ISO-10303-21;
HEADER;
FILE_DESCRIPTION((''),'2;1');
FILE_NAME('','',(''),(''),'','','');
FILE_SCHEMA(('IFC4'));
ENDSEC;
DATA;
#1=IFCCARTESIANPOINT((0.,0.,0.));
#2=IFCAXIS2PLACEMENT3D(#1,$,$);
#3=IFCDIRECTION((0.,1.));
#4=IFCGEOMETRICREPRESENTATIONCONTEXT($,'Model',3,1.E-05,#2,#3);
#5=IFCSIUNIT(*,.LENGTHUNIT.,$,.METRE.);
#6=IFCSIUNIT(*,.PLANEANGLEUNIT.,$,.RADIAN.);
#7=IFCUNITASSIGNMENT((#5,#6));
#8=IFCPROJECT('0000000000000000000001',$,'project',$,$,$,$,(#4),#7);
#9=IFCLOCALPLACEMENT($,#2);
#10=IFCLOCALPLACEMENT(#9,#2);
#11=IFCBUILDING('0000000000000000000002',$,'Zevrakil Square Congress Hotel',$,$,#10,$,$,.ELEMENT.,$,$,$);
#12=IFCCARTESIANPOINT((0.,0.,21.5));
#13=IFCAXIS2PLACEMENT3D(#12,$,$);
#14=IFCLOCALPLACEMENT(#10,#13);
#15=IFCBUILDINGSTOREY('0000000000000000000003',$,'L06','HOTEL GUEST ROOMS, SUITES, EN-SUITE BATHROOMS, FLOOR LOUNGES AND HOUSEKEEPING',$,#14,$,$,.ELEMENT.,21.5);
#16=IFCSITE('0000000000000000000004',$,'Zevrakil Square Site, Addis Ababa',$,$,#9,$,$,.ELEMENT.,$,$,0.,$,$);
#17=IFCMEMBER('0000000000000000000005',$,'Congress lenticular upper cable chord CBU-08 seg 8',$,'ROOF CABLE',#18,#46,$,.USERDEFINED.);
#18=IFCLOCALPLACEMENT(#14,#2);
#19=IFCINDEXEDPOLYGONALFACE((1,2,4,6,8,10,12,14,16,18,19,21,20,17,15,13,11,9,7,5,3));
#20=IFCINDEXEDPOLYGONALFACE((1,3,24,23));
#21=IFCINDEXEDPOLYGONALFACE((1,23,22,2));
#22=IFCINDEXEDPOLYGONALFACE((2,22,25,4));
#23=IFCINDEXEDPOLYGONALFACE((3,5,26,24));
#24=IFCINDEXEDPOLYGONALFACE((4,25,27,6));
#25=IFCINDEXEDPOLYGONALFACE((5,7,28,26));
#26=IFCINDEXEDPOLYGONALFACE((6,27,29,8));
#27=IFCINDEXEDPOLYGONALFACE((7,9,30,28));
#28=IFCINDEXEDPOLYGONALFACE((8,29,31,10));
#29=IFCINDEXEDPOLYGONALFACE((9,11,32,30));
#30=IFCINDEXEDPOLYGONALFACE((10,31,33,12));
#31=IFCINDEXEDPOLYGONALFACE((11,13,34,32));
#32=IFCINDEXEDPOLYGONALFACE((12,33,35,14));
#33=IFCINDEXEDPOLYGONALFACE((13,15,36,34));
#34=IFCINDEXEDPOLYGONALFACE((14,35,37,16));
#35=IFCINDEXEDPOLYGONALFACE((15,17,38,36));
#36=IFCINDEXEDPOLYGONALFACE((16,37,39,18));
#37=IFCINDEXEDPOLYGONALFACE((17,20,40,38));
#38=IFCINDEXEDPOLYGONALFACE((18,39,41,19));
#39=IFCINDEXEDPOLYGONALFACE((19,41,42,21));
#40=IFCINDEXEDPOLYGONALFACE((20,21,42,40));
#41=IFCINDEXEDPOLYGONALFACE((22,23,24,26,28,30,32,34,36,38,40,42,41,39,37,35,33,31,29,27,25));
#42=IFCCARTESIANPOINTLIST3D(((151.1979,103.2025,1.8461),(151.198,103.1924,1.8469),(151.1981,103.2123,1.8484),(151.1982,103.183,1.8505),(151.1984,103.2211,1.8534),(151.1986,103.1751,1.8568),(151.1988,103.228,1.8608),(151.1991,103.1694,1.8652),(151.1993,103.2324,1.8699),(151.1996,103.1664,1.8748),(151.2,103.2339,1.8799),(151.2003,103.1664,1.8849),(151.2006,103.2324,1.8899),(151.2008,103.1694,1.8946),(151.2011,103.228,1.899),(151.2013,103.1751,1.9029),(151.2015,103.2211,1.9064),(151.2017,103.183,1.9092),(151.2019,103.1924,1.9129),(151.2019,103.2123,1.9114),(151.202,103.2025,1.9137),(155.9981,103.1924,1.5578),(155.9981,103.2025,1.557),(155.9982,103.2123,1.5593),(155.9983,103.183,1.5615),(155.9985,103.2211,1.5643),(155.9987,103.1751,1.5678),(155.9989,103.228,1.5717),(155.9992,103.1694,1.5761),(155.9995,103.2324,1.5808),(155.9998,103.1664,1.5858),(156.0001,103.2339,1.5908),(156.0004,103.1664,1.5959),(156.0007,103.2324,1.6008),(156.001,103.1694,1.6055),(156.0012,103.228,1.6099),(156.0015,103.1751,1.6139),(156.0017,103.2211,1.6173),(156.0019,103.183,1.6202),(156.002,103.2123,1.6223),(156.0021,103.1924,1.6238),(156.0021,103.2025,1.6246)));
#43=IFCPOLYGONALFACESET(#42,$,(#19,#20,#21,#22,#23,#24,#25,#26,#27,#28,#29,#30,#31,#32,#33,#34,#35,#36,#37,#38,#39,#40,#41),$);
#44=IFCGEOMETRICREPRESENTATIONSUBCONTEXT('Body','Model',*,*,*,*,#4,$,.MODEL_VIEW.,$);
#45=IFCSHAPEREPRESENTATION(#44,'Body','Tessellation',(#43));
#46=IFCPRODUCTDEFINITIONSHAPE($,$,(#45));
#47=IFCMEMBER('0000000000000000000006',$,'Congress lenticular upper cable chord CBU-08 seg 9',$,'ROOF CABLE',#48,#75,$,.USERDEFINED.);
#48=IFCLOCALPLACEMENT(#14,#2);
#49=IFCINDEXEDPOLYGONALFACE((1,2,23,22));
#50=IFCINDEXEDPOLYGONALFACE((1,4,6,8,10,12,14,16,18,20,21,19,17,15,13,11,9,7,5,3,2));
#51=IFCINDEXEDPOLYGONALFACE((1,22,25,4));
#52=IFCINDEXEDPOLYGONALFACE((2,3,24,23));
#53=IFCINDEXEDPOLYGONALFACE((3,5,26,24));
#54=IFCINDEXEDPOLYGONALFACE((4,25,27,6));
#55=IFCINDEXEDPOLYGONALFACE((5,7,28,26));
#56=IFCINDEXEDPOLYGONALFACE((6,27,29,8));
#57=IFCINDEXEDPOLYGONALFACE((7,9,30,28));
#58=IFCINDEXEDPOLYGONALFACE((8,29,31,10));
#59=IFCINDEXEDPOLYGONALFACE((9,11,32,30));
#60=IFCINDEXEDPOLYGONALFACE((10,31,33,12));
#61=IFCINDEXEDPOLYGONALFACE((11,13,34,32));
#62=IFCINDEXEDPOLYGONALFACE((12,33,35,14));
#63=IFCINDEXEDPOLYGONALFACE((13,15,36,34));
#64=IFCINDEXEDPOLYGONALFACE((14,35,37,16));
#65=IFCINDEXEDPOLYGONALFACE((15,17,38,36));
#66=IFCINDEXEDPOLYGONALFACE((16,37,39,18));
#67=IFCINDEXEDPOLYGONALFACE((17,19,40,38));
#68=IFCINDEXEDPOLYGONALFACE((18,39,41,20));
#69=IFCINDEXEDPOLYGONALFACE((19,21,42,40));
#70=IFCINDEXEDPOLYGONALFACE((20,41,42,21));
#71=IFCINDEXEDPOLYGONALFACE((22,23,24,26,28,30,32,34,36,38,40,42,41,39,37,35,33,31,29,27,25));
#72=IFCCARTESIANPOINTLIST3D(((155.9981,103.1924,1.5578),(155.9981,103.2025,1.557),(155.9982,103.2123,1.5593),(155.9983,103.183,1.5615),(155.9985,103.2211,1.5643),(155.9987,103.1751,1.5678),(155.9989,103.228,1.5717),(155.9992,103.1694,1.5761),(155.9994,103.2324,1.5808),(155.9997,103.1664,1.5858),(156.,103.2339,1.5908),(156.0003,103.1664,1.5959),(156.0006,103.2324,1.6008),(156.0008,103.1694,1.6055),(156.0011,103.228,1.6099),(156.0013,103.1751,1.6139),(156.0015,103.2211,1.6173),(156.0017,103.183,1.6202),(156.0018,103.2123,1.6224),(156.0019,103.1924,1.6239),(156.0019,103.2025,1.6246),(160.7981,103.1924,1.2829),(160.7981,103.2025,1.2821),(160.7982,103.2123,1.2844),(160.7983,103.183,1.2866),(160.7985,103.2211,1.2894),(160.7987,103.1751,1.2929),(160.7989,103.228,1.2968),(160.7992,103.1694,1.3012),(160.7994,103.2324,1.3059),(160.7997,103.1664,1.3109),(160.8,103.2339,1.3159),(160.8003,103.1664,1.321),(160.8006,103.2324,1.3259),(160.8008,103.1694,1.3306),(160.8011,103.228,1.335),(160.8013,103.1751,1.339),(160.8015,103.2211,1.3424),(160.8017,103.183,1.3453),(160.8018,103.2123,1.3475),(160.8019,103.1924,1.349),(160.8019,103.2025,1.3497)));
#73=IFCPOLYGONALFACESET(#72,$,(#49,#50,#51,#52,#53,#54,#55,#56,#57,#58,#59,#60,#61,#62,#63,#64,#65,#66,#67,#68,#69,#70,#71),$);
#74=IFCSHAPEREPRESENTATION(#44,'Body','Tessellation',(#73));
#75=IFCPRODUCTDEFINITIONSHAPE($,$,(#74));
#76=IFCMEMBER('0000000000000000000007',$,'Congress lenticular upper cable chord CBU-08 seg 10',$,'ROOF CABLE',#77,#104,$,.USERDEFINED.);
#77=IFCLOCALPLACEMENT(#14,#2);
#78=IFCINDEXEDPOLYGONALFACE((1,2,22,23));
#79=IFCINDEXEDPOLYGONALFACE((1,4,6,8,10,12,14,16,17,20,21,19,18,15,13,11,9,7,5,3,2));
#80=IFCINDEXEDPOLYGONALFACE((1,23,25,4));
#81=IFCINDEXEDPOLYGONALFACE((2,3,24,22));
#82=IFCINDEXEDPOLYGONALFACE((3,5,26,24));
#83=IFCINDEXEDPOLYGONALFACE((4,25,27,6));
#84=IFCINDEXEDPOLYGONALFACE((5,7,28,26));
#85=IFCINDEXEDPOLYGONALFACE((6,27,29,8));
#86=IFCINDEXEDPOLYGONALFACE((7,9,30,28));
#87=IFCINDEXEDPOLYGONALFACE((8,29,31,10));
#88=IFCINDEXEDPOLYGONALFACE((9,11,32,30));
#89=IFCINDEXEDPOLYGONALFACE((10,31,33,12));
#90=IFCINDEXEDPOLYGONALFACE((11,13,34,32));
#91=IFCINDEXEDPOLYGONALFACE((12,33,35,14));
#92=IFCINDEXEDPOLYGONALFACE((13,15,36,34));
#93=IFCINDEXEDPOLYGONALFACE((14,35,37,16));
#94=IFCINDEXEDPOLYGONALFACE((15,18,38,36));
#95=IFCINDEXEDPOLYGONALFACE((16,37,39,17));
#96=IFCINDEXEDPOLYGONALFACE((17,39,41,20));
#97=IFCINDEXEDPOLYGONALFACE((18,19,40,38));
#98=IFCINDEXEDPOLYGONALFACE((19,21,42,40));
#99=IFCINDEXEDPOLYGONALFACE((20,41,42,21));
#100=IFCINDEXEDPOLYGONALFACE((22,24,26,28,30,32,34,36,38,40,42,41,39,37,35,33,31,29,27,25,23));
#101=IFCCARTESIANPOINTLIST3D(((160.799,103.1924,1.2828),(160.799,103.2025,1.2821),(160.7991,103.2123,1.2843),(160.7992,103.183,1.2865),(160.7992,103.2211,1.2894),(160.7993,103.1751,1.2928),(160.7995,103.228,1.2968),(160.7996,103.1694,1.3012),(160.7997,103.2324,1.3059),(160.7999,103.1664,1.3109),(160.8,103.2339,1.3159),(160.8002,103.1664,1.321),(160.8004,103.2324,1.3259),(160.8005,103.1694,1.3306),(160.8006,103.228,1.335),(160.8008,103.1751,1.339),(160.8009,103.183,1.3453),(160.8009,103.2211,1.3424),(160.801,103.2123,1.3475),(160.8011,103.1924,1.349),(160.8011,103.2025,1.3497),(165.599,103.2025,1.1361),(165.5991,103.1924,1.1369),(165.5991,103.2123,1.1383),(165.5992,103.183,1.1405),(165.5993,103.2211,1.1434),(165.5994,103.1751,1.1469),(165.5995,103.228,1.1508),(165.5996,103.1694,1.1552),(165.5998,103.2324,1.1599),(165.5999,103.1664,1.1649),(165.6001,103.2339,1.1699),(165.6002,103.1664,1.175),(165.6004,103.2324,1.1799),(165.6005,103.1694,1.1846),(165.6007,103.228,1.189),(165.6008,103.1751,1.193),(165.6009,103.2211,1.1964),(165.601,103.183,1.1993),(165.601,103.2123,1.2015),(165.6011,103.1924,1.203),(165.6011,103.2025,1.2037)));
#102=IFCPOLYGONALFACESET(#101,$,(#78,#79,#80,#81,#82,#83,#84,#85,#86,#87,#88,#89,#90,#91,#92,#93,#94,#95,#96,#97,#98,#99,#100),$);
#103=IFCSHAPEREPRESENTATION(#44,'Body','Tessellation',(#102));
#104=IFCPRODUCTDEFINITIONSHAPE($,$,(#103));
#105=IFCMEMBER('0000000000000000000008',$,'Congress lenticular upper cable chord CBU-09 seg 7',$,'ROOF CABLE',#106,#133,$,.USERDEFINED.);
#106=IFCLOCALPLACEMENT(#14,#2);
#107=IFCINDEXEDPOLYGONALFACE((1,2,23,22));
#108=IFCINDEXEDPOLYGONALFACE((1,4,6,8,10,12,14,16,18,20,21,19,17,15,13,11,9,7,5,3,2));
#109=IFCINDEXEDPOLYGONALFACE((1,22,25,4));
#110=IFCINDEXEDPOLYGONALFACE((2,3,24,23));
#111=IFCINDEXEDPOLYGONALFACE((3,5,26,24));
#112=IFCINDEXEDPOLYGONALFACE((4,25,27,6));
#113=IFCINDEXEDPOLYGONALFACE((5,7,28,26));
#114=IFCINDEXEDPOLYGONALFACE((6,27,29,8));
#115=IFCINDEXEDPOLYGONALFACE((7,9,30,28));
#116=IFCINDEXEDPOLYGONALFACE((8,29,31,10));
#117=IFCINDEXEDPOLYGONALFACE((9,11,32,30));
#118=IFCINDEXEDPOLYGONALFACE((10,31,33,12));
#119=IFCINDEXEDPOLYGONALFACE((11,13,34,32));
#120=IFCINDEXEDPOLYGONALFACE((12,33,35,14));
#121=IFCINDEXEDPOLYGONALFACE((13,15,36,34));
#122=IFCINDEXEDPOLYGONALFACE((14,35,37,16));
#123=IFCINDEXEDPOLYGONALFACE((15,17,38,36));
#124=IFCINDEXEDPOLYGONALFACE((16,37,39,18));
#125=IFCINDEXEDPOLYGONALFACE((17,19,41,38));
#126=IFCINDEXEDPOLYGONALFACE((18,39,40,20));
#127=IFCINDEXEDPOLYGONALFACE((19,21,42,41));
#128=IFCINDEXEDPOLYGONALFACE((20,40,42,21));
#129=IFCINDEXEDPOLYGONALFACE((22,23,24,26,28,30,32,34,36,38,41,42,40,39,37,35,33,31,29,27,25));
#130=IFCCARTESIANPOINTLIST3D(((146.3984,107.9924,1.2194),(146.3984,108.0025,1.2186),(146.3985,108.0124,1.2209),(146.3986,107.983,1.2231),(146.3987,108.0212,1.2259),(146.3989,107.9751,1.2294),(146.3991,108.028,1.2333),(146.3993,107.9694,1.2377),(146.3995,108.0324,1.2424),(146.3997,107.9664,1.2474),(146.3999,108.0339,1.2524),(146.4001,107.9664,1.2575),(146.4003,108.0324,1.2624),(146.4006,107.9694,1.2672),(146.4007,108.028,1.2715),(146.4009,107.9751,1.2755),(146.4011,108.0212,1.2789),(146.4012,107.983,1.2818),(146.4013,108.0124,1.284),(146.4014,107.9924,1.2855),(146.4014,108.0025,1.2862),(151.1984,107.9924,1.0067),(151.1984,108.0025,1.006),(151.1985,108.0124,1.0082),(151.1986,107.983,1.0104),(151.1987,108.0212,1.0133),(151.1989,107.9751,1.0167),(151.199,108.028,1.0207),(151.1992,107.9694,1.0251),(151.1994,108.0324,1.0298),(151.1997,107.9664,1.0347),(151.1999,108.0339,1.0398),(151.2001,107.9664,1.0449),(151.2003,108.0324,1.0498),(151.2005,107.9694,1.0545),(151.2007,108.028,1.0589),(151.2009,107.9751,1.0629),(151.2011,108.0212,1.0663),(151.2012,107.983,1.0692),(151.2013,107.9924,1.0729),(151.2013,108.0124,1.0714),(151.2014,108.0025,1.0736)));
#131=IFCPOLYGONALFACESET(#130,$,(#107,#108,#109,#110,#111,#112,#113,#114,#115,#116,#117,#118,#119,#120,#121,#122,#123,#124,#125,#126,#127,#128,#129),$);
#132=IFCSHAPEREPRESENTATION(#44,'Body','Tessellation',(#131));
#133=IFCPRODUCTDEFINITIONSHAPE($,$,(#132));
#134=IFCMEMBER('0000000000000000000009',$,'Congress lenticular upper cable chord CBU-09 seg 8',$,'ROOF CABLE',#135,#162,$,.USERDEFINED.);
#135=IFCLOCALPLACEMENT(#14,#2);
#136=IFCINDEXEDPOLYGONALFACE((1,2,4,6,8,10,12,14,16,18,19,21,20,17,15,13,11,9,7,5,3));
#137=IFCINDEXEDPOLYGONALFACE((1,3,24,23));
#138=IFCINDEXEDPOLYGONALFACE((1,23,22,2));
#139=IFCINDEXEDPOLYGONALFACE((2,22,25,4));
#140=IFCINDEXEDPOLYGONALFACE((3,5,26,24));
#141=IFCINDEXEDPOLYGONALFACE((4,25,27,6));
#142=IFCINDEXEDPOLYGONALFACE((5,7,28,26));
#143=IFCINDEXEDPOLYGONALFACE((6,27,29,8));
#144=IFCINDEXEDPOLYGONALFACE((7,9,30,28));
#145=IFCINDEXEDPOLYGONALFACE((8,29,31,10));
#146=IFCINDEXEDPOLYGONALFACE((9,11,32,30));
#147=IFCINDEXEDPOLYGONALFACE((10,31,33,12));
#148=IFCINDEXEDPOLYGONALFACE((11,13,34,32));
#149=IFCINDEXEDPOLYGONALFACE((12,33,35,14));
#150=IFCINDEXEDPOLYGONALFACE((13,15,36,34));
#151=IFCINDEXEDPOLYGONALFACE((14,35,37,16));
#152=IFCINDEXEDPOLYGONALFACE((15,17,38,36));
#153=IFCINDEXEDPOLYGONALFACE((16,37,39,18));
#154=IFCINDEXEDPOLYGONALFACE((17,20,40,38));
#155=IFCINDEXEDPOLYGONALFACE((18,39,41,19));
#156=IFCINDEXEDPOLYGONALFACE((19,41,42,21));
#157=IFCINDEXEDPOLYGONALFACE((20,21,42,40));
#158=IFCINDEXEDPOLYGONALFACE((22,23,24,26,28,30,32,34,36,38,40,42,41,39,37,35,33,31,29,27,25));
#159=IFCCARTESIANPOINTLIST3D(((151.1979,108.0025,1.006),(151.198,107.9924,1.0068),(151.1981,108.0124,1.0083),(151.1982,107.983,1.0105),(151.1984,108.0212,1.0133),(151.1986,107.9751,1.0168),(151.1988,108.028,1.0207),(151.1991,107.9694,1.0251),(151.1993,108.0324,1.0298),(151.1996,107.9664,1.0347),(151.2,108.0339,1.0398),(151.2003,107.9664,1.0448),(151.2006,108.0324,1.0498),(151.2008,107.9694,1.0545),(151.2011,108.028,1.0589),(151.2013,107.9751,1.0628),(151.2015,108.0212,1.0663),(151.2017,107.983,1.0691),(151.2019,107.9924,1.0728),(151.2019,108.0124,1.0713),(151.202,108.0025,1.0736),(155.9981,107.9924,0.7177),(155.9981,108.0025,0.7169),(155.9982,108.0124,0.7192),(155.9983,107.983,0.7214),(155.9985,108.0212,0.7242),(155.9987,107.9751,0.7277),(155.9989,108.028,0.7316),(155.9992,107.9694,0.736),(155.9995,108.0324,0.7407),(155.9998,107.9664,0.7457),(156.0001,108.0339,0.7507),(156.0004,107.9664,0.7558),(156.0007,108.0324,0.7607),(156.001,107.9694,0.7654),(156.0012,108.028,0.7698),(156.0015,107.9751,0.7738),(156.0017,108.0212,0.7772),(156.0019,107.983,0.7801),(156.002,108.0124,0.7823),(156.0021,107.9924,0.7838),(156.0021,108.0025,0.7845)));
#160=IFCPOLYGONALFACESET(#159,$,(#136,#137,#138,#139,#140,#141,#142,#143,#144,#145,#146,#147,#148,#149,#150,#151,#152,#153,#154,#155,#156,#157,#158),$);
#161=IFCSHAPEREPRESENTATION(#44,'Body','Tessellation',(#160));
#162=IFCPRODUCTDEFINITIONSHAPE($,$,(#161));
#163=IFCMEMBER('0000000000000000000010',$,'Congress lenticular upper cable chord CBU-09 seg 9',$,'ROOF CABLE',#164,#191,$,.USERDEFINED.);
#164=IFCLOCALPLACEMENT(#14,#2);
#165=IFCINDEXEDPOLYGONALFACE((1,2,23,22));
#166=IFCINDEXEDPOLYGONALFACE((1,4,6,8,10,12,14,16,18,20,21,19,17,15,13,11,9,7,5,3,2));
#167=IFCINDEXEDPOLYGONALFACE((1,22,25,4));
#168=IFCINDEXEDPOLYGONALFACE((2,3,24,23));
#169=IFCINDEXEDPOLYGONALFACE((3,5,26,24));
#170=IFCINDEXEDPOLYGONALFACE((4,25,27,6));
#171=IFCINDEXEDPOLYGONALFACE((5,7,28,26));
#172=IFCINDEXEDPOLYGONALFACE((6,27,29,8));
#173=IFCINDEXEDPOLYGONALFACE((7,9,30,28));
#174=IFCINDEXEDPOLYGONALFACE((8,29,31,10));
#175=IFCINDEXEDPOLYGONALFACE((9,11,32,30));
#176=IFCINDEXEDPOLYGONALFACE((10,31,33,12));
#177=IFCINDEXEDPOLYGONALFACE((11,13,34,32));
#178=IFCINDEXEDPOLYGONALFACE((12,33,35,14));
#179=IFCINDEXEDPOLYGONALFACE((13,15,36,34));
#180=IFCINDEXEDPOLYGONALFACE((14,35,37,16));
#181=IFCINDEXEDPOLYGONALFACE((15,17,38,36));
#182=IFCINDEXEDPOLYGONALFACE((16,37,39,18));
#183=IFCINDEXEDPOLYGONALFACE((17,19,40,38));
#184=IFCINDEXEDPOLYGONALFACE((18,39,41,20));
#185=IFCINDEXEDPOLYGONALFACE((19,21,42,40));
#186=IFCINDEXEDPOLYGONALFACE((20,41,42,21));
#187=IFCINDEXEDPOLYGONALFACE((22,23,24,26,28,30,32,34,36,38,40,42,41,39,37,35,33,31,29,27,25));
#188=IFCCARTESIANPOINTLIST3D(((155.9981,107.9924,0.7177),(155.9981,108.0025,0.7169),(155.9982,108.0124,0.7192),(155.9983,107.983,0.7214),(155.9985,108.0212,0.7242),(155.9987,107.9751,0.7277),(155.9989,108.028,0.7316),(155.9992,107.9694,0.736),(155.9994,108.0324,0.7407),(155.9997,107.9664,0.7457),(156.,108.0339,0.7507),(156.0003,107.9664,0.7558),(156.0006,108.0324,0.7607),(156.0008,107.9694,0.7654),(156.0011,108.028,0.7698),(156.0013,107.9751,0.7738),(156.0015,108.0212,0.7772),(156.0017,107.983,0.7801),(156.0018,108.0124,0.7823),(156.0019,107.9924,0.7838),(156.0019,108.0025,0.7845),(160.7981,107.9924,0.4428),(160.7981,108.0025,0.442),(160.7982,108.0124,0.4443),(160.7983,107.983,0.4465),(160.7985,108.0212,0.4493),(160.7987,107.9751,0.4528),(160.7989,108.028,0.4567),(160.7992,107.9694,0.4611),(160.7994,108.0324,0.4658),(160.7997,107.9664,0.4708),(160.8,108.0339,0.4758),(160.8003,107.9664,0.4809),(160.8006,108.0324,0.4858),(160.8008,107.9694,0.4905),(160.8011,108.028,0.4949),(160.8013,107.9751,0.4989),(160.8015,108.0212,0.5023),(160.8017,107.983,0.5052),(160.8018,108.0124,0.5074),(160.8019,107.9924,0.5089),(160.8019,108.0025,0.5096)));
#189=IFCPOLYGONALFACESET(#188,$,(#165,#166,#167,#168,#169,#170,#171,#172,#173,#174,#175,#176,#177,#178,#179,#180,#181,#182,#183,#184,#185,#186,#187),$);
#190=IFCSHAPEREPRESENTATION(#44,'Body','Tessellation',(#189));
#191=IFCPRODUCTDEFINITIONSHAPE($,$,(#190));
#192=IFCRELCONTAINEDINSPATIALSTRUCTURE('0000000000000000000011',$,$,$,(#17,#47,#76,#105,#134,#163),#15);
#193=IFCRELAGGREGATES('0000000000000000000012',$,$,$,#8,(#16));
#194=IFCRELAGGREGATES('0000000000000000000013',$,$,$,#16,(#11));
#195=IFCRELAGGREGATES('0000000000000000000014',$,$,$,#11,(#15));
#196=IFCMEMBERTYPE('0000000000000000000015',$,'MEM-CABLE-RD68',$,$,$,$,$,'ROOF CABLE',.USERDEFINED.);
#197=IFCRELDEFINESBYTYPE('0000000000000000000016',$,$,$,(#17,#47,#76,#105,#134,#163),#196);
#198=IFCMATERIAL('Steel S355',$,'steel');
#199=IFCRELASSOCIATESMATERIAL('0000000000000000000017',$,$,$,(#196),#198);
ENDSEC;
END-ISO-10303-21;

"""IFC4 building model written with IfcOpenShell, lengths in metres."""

from ifc_helpers import new_model, si_unit, direction, frame, origin, origin_2d, place, context, subcontext, project, spatial, circle, extrude, material, material_profile, profile_set, type_object, element, save


model = new_model("IFC4")

# Units and contexts
model_context = context("Model", 3, precision=1e-05, world=origin(), true_north=direction((0.0, 1.0)))
body_context = subcontext(model_context, "Body", "Model", "MODEL_VIEW")
ifc_project = project(units=[si_unit("LENGTHUNIT", "METRE"), si_unit("PLANEANGLEUNIT", "RADIAN")], contexts=[model_context])

# Site, building, storey
site_placement = place(None, origin())
site = spatial("IfcSite", under=ifc_project, at=site_placement, Name="Zevrakil Square Site, Addis Ababa", CompositionType="ELEMENT", RefElevation=0.0)
building_placement = place(site_placement, origin())
building = spatial("IfcBuilding", under=site, at=building_placement, Name="Zevrakil Square Congress Hotel", CompositionType="ELEMENT")
storey_placement = place(building_placement, frame((0.0, 0.0, 21.5)))
storey = spatial("IfcBuildingStorey", under=building, at=storey_placement, Name="L06", Description="HOTEL GUEST ROOMS, SUITES, EN-SUITE BATHROOMS, FLOOR LOUNGES AND HOUSEKEEPING", CompositionType="ELEMENT", Elevation=21.5)

# Members
ifc_material_1 = material(Name="Steel S355", Category="steel")
ifc_material_profile_1 = material_profile(ifc_material_1, circle(Radius=0.0339, at=origin_2d()), Name="CABLE RD68")
ifc_profile_set_1 = profile_set([ifc_material_profile_1], Name="Steel S355")
member_type_1 = type_object("IfcMemberType", Name="MEM-CABLE-RD68", ElementType="ROOF CABLE", PredefinedType="USERDEFINED", material=ifc_profile_set_1)
member_1_placement = place(storey_placement, frame((151.2, 103.2, 1.8799), z_axis=(0.998192, 0.0, -0.060112), x_axis=(0.0, 1.0, 0.0)))
element("IfcMember", 1, at=member_1_placement, inside=storey, type_object=member_type_1, Name="Congress lenticular upper cable chord CBU-08 seg 8", ObjectType="ROOF CABLE", PredefinedType="USERDEFINED", context=body_context, shape_type="SweptSolid", body=[
    extrude(circle(Radius=0.0339, at=origin_2d()), origin(), (0.0, 0.0, 1.0), 4.8088),
])
member_2_placement = place(storey_placement, frame((156.0, 103.2, 1.5908), z_axis=(0.998364, 0.0, -0.057177), x_axis=(0.0, 1.0, 0.0)))
element("IfcMember", 2, at=member_2_placement, inside=storey, type_object=member_type_1, Name="Congress lenticular upper cable chord CBU-08 seg 9", ObjectType="ROOF CABLE", PredefinedType="USERDEFINED", context=body_context, shape_type="SweptSolid", body=[
    extrude(circle(Radius=0.0339, at=origin_2d()), origin(), (0.0, 0.0, 1.0), 4.8079),
])
member_3_placement = place(storey_placement, frame((160.8, 103.2, 1.3159), z_axis=(0.999538, 0.0, -0.030401), x_axis=(0.0, 1.0, 0.0)))
element("IfcMember", 3, at=member_3_placement, inside=storey, type_object=member_type_1, Name="Congress lenticular upper cable chord CBU-08 seg 10", ObjectType="ROOF CABLE", PredefinedType="USERDEFINED", context=body_context, shape_type="SweptSolid", body=[
    extrude(circle(Radius=0.0339, at=origin_2d()), origin(), (0.0, 0.0, 1.0), 4.8022),
])
member_4_placement = place(storey_placement, frame((146.3999, 108.0, 1.2524), z_axis=(0.99902, 0.0, -0.044257), x_axis=(0.0, 1.0, 0.0)))
element("IfcMember", 4, at=member_4_placement, inside=storey, type_object=member_type_1, Name="Congress lenticular upper cable chord CBU-09 seg 7", ObjectType="ROOF CABLE", PredefinedType="USERDEFINED", context=body_context, shape_type="SweptSolid", body=[
    extrude(circle(Radius=0.0339, at=origin_2d()), origin(), (0.0, 0.0, 1.0), 4.8047),
])
member_5_placement = place(storey_placement, frame((151.2, 108.0, 1.0398), z_axis=(0.998192, 0.0, -0.060112), x_axis=(0.0, 1.0, 0.0)))
element("IfcMember", 5, at=member_5_placement, inside=storey, type_object=member_type_1, Name="Congress lenticular upper cable chord CBU-09 seg 8", ObjectType="ROOF CABLE", PredefinedType="USERDEFINED", context=body_context, shape_type="SweptSolid", body=[
    extrude(circle(Radius=0.0339, at=origin_2d()), origin(), (0.0, 0.0, 1.0), 4.8088),
])
member_6_placement = place(storey_placement, frame((156.0, 108.0, 0.7507), z_axis=(0.998364, 0.0, -0.057177), x_axis=(0.0, 1.0, 0.0)))
element("IfcMember", 6, at=member_6_placement, inside=storey, type_object=member_type_1, Name="Congress lenticular upper cable chord CBU-09 seg 9", ObjectType="ROOF CABLE", PredefinedType="USERDEFINED", context=body_context, shape_type="SweptSolid", body=[
    extrude(circle(Radius=0.0339, at=origin_2d()), origin(), (0.0, 0.0, 1.0), 4.8079),
])

save(model, "model.ifc")
